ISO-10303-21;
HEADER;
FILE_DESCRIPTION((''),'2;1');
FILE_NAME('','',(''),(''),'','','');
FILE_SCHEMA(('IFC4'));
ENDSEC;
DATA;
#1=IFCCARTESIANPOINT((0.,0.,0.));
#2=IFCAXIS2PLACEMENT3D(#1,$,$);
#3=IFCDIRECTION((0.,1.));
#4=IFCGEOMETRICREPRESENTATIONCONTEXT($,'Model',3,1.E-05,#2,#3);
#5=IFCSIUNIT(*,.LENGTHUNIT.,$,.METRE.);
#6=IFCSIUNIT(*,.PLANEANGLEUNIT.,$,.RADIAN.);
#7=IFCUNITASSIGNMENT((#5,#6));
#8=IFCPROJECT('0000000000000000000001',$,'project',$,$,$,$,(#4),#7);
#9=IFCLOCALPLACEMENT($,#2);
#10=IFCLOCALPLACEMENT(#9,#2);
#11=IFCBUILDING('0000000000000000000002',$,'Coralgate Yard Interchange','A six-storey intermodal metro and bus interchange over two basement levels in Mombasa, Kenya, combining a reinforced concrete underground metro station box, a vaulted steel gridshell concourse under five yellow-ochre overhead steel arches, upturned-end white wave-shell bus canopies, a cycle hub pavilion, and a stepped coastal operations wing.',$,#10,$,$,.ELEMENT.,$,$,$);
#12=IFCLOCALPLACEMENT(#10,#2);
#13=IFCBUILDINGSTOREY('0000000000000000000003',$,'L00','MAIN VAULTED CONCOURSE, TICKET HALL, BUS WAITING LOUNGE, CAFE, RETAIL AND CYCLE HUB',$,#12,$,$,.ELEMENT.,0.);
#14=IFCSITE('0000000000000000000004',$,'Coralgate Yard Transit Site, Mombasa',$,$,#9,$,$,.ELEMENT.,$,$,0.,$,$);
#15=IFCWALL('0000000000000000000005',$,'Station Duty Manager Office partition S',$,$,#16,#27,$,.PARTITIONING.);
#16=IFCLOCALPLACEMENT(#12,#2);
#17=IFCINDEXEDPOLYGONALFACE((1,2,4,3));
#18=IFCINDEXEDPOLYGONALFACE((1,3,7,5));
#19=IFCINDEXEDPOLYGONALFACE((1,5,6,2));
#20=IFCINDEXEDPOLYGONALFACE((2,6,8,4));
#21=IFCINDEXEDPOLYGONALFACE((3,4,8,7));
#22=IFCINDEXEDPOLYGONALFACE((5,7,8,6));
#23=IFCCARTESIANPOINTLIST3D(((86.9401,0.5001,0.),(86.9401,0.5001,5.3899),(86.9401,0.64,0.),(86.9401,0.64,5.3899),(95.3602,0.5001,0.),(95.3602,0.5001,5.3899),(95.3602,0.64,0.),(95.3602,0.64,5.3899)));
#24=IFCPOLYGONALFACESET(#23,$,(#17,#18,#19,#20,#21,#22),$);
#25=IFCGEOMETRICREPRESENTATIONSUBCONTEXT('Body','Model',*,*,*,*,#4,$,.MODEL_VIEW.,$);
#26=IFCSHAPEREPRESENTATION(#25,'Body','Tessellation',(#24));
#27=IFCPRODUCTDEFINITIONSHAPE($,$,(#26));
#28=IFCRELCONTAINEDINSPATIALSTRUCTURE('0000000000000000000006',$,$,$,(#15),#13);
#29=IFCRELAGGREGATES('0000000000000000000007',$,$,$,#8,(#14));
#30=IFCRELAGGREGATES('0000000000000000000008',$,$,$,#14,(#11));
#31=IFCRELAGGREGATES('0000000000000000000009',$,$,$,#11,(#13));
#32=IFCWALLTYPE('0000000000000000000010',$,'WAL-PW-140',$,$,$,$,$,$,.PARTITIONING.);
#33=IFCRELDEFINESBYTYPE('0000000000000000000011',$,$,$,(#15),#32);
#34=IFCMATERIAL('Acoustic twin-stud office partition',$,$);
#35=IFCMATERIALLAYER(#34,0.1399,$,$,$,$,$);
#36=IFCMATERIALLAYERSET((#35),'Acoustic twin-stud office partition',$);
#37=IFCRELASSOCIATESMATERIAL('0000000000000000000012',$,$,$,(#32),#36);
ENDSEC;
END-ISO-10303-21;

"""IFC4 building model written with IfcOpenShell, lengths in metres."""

from ifc_helpers import new_model, si_unit, direction, frame, frame_2d, origin, place, context, subcontext, project, spatial, rectangle, extrude, material, layer, layer_set, type_object, element, save


model = new_model("IFC4")

# Units and contexts
model_context = context("Model", 3, precision=1e-05, world=origin(), true_north=direction((0.0, 1.0)))
body_context = subcontext(model_context, "Body", "Model", "MODEL_VIEW")
ifc_project = project(units=[si_unit("LENGTHUNIT", "METRE"), si_unit("PLANEANGLEUNIT", "RADIAN")], contexts=[model_context])

# Site, building, storey
site_placement = place(None, origin())
site = spatial("IfcSite", under=ifc_project, at=site_placement, Name="Coralgate Yard Transit Site, Mombasa", CompositionType="ELEMENT", RefElevation=0.0)
building_placement = place(site_placement, origin())
building = spatial("IfcBuilding", under=site, at=building_placement, Name="Coralgate Yard Interchange", Description="A six-storey intermodal metro and bus interchange over two basement levels in Mombasa, Kenya, combining a reinforced concrete underground metro station box, a vaulted steel gridshell concourse under five yellow-ochre overhead steel arches, upturned-end white wave-shell bus canopies, a cycle hub pavilion, and a stepped coastal operations wing.", CompositionType="ELEMENT")
storey_placement = place(building_placement, origin())
storey = spatial("IfcBuildingStorey", under=building, at=storey_placement, Name="L00", Description="MAIN VAULTED CONCOURSE, TICKET HALL, BUS WAITING LOUNGE, CAFE, RETAIL AND CYCLE HUB", CompositionType="ELEMENT", Elevation=0.0)

# Wall
ifc_material_1 = material(Name="Acoustic twin-stud office partition")
ifc_layer_1 = layer(ifc_material_1, 0.1399)
ifc_layer_set_1 = layer_set([ifc_layer_1], Name="Acoustic twin-stud office partition")
wall_type_1 = type_object("IfcWallType", Name="WAL-PW-140", PredefinedType="PARTITIONING", material=ifc_layer_set_1)
wall_1_placement = place(storey_placement, frame((95.3601, 0.5701, 0.0), z_axis=(0.0, 0.0, 1.0), x_axis=(-1.0, 0.0, 0.0)))
element("IfcWall", 1, at=wall_1_placement, inside=storey, type_object=wall_type_1, Name="Station Duty Manager Office partition S", PredefinedType="PARTITIONING", context=body_context, shape_type="SweptSolid", body=[
    extrude(rectangle(XDim=8.4202, YDim=0.1399, at=frame_2d((4.21, 0.0))), origin(), (0.0, 0.0, 1.0), 5.3899),
])

save(model, "model.ifc")
